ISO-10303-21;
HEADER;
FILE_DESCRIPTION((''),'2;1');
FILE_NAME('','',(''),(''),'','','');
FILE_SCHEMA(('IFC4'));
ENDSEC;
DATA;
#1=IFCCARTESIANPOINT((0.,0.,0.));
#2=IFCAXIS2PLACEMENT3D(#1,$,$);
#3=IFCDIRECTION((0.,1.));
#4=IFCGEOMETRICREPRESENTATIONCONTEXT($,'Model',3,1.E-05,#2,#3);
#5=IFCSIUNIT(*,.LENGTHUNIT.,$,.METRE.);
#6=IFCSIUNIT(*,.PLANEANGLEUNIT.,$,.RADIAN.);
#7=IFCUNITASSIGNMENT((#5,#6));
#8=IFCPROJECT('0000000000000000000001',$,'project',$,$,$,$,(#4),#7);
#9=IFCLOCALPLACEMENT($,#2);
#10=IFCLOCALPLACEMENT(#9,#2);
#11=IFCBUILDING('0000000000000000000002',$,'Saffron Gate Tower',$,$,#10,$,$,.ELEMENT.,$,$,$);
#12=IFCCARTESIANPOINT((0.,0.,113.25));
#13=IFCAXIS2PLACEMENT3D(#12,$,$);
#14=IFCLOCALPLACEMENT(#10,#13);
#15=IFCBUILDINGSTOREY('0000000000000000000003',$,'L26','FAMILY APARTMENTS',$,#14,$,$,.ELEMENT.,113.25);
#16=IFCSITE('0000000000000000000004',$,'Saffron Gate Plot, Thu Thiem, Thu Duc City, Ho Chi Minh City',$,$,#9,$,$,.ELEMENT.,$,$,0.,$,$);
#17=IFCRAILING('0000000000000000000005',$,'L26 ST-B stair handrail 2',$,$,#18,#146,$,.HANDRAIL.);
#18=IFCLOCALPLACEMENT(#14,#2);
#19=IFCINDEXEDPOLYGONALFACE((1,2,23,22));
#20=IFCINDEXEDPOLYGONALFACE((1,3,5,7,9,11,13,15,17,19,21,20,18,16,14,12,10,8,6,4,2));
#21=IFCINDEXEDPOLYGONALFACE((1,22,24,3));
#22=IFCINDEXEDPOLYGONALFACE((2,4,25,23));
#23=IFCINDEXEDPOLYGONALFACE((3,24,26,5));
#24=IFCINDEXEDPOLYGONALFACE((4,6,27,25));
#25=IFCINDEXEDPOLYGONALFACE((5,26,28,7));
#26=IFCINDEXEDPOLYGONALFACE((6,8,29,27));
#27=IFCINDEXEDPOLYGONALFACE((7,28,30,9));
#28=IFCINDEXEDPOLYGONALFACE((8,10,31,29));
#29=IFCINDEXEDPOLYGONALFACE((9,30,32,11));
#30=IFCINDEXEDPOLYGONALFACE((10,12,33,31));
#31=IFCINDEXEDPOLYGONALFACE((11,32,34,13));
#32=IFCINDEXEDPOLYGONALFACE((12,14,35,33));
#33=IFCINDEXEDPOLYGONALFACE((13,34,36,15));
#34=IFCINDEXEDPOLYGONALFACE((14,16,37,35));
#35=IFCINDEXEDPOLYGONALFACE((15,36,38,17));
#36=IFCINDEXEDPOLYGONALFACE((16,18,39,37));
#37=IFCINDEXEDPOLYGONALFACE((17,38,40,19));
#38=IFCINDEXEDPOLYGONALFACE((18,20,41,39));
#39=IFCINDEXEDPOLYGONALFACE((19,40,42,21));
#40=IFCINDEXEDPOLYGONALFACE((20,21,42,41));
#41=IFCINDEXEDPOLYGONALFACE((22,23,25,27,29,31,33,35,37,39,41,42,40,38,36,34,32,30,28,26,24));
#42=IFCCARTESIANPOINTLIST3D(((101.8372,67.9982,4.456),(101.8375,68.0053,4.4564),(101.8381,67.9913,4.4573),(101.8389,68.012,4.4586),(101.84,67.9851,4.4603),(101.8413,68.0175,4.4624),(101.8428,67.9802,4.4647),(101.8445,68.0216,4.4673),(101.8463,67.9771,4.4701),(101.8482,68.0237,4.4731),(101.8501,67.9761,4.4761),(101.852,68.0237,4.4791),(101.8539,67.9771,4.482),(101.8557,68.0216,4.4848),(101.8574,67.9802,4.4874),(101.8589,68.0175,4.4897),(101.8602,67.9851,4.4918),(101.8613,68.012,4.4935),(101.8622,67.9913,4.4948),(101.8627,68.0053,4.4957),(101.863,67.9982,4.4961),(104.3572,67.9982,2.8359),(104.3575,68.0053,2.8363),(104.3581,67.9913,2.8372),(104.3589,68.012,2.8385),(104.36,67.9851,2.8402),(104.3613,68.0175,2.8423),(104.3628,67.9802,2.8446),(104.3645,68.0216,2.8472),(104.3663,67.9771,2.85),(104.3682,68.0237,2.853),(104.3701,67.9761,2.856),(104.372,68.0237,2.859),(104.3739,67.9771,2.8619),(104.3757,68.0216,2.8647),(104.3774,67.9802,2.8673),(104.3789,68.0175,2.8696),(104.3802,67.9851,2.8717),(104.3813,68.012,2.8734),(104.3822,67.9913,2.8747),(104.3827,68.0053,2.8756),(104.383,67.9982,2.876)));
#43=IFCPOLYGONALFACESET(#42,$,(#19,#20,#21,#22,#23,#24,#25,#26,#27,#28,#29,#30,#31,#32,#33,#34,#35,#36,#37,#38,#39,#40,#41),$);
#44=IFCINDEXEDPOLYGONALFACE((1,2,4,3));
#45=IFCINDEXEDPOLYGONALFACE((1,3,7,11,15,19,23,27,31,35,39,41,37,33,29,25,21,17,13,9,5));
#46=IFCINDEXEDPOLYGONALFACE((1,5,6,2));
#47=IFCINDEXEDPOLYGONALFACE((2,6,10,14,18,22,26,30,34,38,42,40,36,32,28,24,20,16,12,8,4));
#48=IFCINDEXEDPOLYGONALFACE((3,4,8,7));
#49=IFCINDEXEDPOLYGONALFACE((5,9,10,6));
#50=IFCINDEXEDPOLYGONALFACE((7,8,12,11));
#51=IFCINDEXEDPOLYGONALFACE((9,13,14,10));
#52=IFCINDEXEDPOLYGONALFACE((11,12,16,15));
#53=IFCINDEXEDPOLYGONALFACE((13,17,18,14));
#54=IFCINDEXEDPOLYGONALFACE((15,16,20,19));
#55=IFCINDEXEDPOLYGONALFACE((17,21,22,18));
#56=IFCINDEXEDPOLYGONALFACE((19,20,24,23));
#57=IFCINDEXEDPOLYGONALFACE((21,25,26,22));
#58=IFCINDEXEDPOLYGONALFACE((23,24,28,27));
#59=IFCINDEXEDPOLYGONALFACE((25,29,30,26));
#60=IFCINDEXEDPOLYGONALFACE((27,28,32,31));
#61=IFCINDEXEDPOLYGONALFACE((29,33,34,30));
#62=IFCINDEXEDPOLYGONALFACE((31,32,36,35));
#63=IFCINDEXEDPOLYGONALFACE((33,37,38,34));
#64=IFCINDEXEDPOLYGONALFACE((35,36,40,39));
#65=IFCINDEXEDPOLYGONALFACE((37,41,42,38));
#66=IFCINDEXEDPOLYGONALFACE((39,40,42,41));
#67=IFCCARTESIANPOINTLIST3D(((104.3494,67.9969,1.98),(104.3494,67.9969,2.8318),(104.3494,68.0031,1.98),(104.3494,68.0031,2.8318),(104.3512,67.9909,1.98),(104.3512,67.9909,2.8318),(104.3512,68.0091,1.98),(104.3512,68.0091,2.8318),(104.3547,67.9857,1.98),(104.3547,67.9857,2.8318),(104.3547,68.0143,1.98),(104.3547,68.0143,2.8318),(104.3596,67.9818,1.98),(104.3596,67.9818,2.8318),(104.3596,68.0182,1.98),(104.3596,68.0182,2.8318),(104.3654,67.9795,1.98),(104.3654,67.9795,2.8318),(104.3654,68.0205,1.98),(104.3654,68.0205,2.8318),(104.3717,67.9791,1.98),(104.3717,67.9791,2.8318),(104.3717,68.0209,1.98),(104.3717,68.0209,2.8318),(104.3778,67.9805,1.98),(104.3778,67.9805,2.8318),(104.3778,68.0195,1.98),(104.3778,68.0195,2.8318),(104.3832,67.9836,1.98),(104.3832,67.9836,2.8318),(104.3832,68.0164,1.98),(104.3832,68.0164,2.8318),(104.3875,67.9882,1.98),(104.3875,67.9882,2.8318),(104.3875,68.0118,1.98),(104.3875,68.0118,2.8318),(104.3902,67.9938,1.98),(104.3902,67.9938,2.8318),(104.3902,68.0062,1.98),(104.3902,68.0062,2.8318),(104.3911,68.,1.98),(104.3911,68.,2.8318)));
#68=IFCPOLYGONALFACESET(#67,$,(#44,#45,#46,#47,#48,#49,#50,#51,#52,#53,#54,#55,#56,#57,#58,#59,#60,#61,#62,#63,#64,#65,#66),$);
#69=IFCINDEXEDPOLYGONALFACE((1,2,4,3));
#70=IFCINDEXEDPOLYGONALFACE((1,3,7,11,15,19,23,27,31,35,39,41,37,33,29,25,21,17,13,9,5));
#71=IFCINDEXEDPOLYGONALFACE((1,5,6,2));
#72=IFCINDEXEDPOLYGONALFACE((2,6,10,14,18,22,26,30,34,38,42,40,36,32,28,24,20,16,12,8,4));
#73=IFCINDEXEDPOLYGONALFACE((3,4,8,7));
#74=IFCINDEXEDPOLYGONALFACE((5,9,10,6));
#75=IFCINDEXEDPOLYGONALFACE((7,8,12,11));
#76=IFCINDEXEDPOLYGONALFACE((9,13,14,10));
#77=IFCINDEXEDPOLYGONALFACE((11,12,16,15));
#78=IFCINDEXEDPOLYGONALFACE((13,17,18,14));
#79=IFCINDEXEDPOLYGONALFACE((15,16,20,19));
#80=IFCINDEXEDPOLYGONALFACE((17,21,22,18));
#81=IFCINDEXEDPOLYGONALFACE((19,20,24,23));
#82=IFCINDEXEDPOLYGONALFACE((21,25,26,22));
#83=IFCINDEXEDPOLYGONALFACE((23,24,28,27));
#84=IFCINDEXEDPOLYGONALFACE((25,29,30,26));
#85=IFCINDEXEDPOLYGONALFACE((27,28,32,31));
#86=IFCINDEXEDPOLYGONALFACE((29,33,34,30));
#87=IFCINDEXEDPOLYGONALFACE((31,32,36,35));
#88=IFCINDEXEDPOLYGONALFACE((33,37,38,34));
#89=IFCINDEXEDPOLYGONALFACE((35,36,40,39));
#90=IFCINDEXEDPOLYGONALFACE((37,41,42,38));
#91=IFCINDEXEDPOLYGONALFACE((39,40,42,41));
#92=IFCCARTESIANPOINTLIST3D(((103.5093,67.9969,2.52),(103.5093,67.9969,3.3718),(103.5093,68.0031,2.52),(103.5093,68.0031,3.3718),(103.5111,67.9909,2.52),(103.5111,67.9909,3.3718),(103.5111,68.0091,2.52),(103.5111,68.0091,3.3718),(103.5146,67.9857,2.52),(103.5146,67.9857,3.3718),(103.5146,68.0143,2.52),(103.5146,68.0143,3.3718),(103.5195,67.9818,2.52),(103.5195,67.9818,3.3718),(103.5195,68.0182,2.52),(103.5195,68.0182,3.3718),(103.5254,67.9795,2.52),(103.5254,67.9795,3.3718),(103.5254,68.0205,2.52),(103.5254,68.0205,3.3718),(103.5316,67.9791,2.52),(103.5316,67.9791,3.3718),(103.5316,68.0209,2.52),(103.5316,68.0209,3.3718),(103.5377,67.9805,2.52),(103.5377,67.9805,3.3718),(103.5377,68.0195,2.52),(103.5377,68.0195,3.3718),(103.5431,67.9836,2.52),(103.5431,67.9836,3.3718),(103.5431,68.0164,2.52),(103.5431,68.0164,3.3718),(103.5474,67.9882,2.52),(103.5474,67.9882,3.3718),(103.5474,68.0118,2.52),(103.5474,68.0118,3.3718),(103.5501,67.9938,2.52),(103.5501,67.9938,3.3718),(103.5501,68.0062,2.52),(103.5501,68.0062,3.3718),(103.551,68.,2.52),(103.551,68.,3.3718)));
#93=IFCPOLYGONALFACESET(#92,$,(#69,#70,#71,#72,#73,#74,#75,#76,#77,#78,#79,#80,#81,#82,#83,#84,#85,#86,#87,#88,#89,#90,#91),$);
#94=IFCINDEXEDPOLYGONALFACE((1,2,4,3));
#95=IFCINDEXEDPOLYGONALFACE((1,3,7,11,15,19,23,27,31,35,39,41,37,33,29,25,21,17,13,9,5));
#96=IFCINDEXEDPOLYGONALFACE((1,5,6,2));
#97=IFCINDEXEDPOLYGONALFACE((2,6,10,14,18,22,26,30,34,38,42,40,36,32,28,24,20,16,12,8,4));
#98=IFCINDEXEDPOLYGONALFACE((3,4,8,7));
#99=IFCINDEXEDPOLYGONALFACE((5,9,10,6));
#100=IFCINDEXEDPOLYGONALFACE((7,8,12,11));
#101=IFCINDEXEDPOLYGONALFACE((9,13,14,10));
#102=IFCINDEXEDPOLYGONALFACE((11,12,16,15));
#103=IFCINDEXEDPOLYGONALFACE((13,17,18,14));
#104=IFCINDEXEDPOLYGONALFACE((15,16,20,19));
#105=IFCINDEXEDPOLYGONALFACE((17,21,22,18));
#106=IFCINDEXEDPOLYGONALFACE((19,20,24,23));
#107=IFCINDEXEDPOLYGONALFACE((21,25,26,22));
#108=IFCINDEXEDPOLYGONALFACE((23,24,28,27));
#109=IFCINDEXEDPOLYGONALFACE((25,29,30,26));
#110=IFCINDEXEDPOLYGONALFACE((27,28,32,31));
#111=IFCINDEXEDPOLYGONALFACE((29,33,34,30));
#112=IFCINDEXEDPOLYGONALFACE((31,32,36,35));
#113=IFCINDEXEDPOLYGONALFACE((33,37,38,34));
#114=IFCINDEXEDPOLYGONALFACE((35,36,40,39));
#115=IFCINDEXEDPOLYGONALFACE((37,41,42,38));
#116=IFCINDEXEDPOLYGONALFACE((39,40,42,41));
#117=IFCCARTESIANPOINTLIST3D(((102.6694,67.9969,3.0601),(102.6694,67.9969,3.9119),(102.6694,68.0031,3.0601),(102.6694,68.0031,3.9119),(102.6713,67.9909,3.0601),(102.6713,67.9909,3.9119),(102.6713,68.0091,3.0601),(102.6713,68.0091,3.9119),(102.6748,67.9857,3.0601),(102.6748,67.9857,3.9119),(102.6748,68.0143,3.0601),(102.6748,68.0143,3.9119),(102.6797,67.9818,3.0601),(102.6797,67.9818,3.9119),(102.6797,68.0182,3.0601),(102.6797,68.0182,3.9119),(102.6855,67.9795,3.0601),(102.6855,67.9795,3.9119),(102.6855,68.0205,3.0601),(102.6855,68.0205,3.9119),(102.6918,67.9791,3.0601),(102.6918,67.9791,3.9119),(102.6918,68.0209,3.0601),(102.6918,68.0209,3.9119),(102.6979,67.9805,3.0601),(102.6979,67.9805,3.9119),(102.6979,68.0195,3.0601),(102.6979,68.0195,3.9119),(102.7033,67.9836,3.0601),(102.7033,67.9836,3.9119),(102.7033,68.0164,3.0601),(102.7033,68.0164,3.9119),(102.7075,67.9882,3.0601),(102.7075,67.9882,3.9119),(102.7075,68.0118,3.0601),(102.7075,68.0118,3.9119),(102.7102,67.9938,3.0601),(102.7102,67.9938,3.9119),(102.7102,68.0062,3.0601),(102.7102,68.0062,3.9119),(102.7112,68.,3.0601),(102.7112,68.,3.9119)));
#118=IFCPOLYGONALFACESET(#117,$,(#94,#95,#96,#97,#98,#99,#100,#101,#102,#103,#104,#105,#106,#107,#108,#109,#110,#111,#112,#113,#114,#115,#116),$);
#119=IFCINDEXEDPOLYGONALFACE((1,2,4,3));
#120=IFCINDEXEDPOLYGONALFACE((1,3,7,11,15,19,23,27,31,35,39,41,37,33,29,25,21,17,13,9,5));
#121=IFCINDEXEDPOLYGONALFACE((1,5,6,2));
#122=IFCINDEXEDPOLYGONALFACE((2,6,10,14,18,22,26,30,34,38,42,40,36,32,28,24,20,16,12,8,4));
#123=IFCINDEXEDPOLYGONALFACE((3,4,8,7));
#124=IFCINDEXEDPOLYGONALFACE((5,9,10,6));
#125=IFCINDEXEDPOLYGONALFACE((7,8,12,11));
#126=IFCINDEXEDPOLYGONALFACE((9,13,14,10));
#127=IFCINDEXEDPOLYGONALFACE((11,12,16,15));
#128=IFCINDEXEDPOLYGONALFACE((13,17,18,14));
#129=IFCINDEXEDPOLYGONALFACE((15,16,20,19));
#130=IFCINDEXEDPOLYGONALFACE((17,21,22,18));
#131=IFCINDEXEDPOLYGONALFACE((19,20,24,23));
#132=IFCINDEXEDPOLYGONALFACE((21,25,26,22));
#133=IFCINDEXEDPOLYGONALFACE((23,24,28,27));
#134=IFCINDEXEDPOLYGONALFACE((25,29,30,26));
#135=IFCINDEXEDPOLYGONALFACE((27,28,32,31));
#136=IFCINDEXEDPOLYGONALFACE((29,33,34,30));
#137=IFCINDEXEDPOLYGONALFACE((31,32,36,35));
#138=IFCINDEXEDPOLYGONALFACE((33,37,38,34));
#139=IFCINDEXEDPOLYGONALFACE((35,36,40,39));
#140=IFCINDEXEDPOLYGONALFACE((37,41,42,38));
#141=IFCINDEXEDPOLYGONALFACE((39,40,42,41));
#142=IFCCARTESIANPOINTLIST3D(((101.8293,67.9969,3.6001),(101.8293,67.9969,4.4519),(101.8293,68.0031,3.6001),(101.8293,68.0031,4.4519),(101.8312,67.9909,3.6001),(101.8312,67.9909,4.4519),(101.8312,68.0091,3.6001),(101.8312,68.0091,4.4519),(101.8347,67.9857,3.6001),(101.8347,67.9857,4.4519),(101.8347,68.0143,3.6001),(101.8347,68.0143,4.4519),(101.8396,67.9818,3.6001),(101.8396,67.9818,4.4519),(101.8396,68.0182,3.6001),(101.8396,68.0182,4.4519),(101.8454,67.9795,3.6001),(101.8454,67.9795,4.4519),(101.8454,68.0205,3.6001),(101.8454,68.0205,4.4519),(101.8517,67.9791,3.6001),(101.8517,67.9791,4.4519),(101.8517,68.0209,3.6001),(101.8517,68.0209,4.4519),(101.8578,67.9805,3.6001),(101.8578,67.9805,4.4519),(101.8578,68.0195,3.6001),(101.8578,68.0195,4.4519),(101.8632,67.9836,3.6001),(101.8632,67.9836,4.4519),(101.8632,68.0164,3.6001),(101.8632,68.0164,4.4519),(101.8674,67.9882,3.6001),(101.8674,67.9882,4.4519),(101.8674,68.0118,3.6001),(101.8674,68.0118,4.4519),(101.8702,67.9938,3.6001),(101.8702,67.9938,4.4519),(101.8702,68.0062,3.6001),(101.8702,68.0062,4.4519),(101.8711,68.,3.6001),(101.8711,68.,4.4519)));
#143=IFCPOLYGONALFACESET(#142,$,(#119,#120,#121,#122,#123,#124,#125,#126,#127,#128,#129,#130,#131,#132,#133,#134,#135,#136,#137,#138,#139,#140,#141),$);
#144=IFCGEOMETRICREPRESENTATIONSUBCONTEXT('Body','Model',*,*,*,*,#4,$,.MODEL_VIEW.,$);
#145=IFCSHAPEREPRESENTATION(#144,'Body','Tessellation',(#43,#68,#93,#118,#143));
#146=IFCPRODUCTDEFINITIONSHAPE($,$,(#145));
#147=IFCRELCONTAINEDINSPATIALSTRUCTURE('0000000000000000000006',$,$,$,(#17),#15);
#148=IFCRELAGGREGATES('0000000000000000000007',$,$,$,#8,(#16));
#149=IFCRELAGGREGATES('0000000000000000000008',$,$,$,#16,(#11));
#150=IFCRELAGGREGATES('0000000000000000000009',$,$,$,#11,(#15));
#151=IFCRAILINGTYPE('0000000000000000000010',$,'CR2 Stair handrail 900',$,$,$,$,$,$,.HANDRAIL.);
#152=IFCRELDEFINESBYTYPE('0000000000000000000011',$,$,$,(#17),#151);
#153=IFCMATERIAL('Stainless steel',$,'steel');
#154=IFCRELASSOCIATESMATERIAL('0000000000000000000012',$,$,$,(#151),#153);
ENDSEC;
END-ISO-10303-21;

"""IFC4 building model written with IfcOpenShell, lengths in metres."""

from ifc_helpers import new_model, si_unit, direction, frame, origin, origin_2d, place, context, subcontext, project, spatial, circle, extrude, material, type_object, element, save


model = new_model("IFC4")

# Units and contexts
model_context = context("Model", 3, precision=1e-05, world=origin(), true_north=direction((0.0, 1.0)))
body_context = subcontext(model_context, "Body", "Model", "MODEL_VIEW")
ifc_project = project(units=[si_unit("LENGTHUNIT", "METRE"), si_unit("PLANEANGLEUNIT", "RADIAN")], contexts=[model_context])

# Site, building, storey
site_placement = place(None, origin())
site = spatial("IfcSite", under=ifc_project, at=site_placement, Name="Saffron Gate Plot, Thu Thiem, Thu Duc City, Ho Chi Minh City", CompositionType="ELEMENT", RefElevation=0.0)
building_placement = place(site_placement, origin())
building = spatial("IfcBuilding", under=site, at=building_placement, Name="Saffron Gate Tower", CompositionType="ELEMENT")
storey_placement = place(building_placement, frame((0.0, 0.0, 113.25)))
storey = spatial("IfcBuildingStorey", under=building, at=storey_placement, Name="L26", Description="FAMILY APARTMENTS", CompositionType="ELEMENT", Elevation=113.25)

# Railing
ifc_material_1 = material(Name="Stainless steel", Category="steel")
railing_type_1 = type_object("IfcRailingType", Name="CR2 Stair handrail 900", PredefinedType="HANDRAIL", material=ifc_material_1)
railing_1_placement = place(storey_placement, frame((104.3701, 68.0, 1.98)))
element("IfcRailing", 1, at=railing_1_placement, inside=storey, type_object=railing_type_1, Name="L26 ST-B stair handrail 2", PredefinedType="HANDRAIL", context=body_context, shape_type="SweptSolid", body=[
    extrude(circle(Radius=0.0239, at=origin_2d()), frame((0.0, 0.0, 0.876), z_axis=(-0.841163, 0.0, 0.540782), x_axis=(0.0, -1.0, 0.0)), (0.0, 0.0, 1.0), 2.9958),
    extrude(circle(Radius=0.021, at=origin_2d()), origin(), (0.0, 0.0, 1.0), 0.8518),
    extrude(circle(Radius=0.021, at=origin_2d()), frame((-0.8401, 0.0, 0.54)), (0.0, 0.0, 1.0), 0.8518),
    extrude(circle(Radius=0.021, at=origin_2d()), frame((-1.6799, 0.0, 1.0801)), (0.0, 0.0, 1.0), 0.8518),
    extrude(circle(Radius=0.021, at=origin_2d()), frame((-2.52, 0.0, 1.6201)), (0.0, 0.0, 1.0), 0.8518),
])

save(model, "model.ifc")
